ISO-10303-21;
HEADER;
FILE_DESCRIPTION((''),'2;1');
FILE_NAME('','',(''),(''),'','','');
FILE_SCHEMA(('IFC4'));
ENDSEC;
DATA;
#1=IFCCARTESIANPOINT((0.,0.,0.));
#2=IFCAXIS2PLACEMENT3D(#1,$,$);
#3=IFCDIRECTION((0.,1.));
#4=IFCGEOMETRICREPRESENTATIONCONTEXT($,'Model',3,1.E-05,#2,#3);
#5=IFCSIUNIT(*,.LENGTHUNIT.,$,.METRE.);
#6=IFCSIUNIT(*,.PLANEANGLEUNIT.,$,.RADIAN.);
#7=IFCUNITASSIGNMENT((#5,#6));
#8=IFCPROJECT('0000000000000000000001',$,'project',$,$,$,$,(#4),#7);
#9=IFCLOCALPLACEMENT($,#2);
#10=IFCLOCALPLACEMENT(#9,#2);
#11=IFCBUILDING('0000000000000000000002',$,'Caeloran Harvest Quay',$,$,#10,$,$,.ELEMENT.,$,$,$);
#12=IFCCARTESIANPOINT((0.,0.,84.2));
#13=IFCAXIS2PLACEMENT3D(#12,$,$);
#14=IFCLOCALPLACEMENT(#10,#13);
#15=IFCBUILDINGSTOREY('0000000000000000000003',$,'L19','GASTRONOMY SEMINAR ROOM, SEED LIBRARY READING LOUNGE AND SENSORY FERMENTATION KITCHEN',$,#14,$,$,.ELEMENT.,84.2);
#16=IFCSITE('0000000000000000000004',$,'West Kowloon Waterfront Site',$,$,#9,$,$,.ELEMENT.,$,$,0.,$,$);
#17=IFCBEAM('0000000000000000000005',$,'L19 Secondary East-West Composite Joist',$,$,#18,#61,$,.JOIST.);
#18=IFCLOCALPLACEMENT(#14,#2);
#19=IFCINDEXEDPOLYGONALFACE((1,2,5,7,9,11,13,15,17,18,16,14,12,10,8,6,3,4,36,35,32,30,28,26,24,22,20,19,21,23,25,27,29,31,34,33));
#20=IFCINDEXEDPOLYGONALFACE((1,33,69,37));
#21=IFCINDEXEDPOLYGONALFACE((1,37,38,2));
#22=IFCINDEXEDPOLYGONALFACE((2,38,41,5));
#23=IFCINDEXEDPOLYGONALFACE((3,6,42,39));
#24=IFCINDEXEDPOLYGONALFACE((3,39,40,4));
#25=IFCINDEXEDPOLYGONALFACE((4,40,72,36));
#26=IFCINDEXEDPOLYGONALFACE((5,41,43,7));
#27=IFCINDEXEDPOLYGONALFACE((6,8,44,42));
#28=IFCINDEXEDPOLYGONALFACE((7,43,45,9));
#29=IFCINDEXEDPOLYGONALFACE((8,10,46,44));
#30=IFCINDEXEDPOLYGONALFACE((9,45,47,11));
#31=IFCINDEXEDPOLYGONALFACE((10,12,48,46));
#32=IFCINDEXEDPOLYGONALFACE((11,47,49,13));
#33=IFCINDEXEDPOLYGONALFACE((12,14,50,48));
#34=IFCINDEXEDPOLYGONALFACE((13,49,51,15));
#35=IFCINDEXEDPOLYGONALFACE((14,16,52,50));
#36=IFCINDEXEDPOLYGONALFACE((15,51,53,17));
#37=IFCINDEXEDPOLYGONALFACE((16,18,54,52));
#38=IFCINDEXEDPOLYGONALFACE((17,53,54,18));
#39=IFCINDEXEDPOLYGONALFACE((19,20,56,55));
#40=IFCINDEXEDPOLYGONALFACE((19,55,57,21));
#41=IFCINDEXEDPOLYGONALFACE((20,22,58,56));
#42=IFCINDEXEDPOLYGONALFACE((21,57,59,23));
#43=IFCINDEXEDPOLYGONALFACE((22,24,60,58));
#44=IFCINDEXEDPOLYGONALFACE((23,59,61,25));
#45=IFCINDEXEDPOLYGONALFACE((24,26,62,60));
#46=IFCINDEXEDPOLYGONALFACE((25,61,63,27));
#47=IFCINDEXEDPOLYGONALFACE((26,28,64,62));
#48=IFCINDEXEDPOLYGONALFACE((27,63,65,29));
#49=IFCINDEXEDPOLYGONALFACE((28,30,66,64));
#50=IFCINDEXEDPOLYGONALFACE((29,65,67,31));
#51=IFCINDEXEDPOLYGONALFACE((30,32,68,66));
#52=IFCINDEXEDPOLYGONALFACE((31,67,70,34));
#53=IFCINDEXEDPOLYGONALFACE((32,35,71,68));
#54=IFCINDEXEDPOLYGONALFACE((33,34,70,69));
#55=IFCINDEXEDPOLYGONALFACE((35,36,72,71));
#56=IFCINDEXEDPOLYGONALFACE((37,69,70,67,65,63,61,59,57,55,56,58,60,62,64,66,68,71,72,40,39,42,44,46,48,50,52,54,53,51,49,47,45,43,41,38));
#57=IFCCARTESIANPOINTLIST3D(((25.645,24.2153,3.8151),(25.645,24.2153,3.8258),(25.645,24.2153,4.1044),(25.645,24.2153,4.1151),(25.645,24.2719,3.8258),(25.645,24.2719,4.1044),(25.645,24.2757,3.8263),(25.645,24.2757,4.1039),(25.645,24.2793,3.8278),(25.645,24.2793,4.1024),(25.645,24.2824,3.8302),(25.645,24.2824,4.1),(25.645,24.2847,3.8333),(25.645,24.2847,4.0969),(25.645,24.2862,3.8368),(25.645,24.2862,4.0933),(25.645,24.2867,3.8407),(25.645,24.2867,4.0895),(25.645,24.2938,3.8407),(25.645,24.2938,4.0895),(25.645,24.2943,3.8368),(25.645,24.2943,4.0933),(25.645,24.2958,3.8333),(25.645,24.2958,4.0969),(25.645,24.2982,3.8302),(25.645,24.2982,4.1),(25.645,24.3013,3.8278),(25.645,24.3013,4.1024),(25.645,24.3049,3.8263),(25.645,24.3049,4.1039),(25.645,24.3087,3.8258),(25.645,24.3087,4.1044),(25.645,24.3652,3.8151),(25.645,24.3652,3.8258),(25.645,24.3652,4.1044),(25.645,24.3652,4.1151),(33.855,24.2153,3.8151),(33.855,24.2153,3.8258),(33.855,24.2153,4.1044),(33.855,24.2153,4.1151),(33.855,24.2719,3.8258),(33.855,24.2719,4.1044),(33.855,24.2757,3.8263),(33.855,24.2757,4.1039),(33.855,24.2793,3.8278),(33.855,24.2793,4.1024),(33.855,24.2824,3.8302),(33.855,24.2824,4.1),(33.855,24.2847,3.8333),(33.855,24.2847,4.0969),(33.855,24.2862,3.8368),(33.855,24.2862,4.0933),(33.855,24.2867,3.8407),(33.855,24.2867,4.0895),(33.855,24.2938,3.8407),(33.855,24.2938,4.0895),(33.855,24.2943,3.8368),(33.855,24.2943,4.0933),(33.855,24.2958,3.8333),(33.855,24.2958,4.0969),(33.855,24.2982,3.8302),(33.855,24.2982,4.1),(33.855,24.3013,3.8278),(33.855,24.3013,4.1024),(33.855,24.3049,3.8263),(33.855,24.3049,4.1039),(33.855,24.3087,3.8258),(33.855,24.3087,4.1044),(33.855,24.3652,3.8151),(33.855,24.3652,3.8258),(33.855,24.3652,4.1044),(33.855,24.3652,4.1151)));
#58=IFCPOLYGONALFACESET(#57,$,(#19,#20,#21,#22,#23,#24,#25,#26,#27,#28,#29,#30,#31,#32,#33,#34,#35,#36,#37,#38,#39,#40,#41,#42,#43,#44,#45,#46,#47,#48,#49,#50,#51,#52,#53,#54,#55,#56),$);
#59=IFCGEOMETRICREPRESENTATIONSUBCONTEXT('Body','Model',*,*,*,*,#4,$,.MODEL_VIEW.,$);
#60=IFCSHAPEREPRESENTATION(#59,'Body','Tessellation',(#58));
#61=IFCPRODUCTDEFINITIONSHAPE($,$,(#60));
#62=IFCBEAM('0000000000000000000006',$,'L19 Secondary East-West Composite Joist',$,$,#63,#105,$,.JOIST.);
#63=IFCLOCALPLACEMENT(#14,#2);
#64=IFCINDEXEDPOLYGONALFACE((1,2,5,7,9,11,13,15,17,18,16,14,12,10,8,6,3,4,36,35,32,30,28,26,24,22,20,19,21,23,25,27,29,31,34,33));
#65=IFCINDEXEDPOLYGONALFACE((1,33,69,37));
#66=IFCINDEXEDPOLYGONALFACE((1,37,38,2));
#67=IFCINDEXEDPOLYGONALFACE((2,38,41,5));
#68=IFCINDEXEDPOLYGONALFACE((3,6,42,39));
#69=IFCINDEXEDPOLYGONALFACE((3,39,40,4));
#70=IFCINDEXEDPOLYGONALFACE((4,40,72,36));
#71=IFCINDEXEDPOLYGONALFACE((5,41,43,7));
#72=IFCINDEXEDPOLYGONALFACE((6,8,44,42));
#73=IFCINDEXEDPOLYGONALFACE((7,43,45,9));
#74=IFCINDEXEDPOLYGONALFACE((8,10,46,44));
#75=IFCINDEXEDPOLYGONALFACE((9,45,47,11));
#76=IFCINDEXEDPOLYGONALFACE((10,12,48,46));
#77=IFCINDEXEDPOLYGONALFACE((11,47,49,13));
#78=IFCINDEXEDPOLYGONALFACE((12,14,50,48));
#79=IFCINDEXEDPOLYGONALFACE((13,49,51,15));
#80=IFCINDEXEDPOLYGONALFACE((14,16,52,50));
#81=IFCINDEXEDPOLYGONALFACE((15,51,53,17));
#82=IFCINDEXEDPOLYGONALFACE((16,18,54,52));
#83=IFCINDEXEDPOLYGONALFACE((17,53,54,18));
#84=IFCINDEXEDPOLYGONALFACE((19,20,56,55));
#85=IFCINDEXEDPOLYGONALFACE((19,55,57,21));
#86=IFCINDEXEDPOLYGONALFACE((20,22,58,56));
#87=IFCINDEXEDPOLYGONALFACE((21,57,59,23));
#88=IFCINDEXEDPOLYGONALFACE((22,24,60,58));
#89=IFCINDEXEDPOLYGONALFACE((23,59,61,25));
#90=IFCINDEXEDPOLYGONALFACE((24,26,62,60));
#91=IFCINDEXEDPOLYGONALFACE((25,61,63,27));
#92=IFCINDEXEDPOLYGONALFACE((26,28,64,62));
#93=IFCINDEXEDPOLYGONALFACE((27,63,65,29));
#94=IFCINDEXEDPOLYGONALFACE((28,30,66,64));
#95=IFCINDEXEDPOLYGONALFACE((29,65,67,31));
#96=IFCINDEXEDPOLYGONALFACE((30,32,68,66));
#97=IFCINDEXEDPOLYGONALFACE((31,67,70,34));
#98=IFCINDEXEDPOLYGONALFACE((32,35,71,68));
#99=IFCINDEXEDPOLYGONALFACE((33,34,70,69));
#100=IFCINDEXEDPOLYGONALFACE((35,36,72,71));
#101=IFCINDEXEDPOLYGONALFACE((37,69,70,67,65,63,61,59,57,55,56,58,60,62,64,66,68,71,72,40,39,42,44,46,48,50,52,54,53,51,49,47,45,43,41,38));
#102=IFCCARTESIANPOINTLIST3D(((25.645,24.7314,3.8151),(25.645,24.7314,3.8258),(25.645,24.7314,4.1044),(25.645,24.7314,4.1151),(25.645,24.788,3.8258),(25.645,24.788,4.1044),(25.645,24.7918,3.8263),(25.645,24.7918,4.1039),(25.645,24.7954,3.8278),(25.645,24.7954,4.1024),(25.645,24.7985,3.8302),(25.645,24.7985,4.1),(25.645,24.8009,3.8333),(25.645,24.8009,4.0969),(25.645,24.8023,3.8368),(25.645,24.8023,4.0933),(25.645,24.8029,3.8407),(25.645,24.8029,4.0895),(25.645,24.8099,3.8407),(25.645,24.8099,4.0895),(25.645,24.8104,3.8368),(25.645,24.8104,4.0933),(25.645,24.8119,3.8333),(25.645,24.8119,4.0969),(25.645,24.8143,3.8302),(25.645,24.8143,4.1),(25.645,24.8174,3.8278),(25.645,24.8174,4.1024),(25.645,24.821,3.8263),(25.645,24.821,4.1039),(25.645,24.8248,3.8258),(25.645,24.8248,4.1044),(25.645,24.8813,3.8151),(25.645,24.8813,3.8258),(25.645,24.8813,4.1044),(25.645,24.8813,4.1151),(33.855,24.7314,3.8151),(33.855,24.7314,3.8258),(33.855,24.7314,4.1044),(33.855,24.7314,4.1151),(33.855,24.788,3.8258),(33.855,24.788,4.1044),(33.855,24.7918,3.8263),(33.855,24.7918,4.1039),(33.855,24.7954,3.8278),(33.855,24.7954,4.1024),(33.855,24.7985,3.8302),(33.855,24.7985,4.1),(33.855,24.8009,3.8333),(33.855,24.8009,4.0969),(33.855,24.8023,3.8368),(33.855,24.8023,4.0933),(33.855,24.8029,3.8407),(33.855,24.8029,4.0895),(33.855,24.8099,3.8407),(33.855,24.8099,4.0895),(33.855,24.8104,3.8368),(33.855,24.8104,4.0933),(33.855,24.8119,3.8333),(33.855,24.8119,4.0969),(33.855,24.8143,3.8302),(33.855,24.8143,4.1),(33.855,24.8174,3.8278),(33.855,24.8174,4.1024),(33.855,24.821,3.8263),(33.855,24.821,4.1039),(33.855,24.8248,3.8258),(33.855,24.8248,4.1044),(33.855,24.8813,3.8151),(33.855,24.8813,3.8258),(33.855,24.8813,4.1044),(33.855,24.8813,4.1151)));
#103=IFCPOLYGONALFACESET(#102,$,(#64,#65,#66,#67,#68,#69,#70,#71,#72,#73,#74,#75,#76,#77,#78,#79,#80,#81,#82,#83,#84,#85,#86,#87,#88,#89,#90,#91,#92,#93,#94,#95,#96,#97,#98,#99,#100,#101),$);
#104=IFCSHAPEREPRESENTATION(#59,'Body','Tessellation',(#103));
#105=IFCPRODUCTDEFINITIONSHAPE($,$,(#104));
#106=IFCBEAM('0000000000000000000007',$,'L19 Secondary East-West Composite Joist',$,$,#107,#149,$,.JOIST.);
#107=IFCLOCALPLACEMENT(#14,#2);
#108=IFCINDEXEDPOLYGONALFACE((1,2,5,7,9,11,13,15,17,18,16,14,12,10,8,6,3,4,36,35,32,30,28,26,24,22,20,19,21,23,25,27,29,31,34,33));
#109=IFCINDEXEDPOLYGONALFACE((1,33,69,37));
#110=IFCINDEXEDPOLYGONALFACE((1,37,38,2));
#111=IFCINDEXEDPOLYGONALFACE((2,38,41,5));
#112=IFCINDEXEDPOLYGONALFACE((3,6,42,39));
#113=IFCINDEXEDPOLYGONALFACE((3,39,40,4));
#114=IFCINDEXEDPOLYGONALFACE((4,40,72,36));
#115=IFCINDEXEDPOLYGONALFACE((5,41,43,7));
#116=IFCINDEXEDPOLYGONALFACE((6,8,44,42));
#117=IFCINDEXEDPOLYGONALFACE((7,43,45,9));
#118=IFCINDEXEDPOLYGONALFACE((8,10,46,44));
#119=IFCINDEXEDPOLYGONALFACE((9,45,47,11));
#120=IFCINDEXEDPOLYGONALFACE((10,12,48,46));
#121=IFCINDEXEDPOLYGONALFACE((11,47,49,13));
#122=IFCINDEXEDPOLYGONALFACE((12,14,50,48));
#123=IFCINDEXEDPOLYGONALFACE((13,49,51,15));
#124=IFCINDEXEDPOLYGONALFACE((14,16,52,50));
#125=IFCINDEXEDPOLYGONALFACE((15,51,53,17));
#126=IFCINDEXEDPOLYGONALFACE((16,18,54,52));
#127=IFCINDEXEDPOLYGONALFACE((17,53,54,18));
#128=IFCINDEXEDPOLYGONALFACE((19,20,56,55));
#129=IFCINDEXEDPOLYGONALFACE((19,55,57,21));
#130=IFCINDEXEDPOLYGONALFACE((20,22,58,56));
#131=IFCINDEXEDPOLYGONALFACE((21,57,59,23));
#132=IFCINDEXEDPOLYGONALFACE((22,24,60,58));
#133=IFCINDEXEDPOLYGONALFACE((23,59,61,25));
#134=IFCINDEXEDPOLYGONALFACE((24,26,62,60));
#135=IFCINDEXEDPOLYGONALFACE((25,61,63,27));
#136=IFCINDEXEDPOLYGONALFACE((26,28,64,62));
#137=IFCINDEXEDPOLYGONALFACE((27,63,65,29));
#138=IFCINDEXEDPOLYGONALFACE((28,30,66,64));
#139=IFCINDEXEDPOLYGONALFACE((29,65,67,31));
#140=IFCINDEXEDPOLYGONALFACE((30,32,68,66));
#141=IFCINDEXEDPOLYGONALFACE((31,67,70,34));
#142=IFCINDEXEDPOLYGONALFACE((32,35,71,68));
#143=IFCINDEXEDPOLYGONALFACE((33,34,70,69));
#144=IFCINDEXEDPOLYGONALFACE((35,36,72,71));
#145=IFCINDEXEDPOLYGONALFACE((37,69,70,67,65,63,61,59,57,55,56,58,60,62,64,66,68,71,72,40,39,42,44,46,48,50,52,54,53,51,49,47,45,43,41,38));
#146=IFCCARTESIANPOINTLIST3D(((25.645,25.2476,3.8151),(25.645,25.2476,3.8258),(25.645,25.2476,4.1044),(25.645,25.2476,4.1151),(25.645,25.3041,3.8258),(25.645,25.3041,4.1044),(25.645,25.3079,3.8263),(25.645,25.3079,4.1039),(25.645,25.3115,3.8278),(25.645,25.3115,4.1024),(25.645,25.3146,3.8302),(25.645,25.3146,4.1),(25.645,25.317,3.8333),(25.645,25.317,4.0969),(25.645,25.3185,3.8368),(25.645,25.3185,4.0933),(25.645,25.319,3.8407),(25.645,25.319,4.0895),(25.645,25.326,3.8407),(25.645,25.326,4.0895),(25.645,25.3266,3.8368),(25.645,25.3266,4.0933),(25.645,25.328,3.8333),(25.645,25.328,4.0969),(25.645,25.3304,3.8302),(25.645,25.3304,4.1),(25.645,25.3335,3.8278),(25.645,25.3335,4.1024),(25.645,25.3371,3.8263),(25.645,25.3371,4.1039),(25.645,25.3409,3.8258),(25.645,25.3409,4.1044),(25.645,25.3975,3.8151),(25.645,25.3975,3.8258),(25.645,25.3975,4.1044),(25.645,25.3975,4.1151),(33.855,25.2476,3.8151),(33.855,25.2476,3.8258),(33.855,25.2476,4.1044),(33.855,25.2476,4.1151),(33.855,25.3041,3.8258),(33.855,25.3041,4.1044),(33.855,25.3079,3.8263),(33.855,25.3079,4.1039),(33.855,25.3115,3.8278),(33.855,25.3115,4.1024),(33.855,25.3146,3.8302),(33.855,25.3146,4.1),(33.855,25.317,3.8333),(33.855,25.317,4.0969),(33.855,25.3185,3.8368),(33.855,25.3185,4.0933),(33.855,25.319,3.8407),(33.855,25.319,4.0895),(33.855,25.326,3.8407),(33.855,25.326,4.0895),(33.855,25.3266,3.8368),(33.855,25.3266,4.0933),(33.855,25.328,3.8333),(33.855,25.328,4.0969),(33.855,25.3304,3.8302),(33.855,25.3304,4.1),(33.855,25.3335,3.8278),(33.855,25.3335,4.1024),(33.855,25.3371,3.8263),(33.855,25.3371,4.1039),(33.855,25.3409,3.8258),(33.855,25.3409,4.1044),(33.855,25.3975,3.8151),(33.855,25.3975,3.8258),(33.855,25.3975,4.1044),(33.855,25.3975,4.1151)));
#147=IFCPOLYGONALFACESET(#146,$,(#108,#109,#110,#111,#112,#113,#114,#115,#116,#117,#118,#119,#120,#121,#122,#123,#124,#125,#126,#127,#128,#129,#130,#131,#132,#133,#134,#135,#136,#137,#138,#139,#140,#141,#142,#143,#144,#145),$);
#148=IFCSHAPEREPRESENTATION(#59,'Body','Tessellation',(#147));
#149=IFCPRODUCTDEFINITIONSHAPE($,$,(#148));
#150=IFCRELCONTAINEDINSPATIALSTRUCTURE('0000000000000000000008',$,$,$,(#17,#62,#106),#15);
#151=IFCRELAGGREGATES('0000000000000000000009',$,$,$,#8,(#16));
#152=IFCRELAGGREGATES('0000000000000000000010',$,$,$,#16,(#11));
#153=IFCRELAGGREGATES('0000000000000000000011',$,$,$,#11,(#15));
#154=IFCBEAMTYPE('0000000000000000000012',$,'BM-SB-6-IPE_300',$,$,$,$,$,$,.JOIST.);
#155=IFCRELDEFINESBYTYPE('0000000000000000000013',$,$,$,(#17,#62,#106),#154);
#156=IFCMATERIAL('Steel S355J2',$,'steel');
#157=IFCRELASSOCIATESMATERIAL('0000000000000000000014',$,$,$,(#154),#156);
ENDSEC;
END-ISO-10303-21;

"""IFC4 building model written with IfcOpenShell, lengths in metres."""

from ifc_helpers import new_model, si_unit, direction, frame, origin, origin_2d, place, context, subcontext, project, spatial, i_section, extrude, material, material_profile, profile_set, type_object, element, save


model = new_model("IFC4")

# Units and contexts
model_context = context("Model", 3, precision=1e-05, world=origin(), true_north=direction((0.0, 1.0)))
body_context = subcontext(model_context, "Body", "Model", "MODEL_VIEW")
ifc_project = project(units=[si_unit("LENGTHUNIT", "METRE"), si_unit("PLANEANGLEUNIT", "RADIAN")], contexts=[model_context])

# Site, building, storey
site_placement = place(None, origin())
site = spatial("IfcSite", under=ifc_project, at=site_placement, Name="West Kowloon Waterfront Site", CompositionType="ELEMENT", RefElevation=0.0)
building_placement = place(site_placement, origin())
building = spatial("IfcBuilding", under=site, at=building_placement, Name="Caeloran Harvest Quay", CompositionType="ELEMENT")
storey_placement = place(building_placement, frame((0.0, 0.0, 84.2)))
storey = spatial("IfcBuildingStorey", under=building, at=storey_placement, Name="L19", Description="GASTRONOMY SEMINAR ROOM, SEED LIBRARY READING LOUNGE AND SENSORY FERMENTATION KITCHEN", CompositionType="ELEMENT", Elevation=84.2)

# Beams
ifc_material_1 = material(Name="Steel S355J2", Category="steel")
ifc_material_profile_1 = material_profile(ifc_material_1, i_section(OverallWidth=0.1499, OverallDepth=0.3, WebThickness=0.0071, FlangeThickness=0.0107, FilletRadius=0.0149, at=origin_2d()), Name="IPE 300")
ifc_profile_set_1 = profile_set([ifc_material_profile_1], Name="Steel S355J2")
beam_type_1 = type_object("IfcBeamType", Name="BM-SB-6-IPE_300", PredefinedType="JOIST", material=ifc_profile_set_1)
for number, where, z_axis, x_axis, name in (
    (1, (25.645, 24.2903, 3.9651), (1.0, 0.0, 0.0), (0.0, 1.0, 0.0), "L19 Secondary East-West Composite Joist"),
    (2, (25.645, 24.8064, 3.9651), (1.0, 0.0, 0.0), (0.0, 1.0, 0.0), "L19 Secondary East-West Composite Joist"),
    (3, (25.645, 25.3225, 3.9651), (1.0, 0.0, 0.0), (0.0, 1.0, 0.0), "L19 Secondary East-West Composite Joist"),
):
    element("IfcBeam", number, at=place(storey_placement, frame(where, z_axis=z_axis, x_axis=x_axis)), inside=storey, type_object=beam_type_1, Name=name, PredefinedType="JOIST", context=body_context, shape_type="SweptSolid", body=[
        extrude(i_section(OverallWidth=0.1499, OverallDepth=0.3, WebThickness=0.0071, FlangeThickness=0.0107, FilletRadius=0.0149, at=origin_2d()), origin(), (0.0, 0.0, 1.0), 8.21),
    ])

save(model, "model.ifc")
